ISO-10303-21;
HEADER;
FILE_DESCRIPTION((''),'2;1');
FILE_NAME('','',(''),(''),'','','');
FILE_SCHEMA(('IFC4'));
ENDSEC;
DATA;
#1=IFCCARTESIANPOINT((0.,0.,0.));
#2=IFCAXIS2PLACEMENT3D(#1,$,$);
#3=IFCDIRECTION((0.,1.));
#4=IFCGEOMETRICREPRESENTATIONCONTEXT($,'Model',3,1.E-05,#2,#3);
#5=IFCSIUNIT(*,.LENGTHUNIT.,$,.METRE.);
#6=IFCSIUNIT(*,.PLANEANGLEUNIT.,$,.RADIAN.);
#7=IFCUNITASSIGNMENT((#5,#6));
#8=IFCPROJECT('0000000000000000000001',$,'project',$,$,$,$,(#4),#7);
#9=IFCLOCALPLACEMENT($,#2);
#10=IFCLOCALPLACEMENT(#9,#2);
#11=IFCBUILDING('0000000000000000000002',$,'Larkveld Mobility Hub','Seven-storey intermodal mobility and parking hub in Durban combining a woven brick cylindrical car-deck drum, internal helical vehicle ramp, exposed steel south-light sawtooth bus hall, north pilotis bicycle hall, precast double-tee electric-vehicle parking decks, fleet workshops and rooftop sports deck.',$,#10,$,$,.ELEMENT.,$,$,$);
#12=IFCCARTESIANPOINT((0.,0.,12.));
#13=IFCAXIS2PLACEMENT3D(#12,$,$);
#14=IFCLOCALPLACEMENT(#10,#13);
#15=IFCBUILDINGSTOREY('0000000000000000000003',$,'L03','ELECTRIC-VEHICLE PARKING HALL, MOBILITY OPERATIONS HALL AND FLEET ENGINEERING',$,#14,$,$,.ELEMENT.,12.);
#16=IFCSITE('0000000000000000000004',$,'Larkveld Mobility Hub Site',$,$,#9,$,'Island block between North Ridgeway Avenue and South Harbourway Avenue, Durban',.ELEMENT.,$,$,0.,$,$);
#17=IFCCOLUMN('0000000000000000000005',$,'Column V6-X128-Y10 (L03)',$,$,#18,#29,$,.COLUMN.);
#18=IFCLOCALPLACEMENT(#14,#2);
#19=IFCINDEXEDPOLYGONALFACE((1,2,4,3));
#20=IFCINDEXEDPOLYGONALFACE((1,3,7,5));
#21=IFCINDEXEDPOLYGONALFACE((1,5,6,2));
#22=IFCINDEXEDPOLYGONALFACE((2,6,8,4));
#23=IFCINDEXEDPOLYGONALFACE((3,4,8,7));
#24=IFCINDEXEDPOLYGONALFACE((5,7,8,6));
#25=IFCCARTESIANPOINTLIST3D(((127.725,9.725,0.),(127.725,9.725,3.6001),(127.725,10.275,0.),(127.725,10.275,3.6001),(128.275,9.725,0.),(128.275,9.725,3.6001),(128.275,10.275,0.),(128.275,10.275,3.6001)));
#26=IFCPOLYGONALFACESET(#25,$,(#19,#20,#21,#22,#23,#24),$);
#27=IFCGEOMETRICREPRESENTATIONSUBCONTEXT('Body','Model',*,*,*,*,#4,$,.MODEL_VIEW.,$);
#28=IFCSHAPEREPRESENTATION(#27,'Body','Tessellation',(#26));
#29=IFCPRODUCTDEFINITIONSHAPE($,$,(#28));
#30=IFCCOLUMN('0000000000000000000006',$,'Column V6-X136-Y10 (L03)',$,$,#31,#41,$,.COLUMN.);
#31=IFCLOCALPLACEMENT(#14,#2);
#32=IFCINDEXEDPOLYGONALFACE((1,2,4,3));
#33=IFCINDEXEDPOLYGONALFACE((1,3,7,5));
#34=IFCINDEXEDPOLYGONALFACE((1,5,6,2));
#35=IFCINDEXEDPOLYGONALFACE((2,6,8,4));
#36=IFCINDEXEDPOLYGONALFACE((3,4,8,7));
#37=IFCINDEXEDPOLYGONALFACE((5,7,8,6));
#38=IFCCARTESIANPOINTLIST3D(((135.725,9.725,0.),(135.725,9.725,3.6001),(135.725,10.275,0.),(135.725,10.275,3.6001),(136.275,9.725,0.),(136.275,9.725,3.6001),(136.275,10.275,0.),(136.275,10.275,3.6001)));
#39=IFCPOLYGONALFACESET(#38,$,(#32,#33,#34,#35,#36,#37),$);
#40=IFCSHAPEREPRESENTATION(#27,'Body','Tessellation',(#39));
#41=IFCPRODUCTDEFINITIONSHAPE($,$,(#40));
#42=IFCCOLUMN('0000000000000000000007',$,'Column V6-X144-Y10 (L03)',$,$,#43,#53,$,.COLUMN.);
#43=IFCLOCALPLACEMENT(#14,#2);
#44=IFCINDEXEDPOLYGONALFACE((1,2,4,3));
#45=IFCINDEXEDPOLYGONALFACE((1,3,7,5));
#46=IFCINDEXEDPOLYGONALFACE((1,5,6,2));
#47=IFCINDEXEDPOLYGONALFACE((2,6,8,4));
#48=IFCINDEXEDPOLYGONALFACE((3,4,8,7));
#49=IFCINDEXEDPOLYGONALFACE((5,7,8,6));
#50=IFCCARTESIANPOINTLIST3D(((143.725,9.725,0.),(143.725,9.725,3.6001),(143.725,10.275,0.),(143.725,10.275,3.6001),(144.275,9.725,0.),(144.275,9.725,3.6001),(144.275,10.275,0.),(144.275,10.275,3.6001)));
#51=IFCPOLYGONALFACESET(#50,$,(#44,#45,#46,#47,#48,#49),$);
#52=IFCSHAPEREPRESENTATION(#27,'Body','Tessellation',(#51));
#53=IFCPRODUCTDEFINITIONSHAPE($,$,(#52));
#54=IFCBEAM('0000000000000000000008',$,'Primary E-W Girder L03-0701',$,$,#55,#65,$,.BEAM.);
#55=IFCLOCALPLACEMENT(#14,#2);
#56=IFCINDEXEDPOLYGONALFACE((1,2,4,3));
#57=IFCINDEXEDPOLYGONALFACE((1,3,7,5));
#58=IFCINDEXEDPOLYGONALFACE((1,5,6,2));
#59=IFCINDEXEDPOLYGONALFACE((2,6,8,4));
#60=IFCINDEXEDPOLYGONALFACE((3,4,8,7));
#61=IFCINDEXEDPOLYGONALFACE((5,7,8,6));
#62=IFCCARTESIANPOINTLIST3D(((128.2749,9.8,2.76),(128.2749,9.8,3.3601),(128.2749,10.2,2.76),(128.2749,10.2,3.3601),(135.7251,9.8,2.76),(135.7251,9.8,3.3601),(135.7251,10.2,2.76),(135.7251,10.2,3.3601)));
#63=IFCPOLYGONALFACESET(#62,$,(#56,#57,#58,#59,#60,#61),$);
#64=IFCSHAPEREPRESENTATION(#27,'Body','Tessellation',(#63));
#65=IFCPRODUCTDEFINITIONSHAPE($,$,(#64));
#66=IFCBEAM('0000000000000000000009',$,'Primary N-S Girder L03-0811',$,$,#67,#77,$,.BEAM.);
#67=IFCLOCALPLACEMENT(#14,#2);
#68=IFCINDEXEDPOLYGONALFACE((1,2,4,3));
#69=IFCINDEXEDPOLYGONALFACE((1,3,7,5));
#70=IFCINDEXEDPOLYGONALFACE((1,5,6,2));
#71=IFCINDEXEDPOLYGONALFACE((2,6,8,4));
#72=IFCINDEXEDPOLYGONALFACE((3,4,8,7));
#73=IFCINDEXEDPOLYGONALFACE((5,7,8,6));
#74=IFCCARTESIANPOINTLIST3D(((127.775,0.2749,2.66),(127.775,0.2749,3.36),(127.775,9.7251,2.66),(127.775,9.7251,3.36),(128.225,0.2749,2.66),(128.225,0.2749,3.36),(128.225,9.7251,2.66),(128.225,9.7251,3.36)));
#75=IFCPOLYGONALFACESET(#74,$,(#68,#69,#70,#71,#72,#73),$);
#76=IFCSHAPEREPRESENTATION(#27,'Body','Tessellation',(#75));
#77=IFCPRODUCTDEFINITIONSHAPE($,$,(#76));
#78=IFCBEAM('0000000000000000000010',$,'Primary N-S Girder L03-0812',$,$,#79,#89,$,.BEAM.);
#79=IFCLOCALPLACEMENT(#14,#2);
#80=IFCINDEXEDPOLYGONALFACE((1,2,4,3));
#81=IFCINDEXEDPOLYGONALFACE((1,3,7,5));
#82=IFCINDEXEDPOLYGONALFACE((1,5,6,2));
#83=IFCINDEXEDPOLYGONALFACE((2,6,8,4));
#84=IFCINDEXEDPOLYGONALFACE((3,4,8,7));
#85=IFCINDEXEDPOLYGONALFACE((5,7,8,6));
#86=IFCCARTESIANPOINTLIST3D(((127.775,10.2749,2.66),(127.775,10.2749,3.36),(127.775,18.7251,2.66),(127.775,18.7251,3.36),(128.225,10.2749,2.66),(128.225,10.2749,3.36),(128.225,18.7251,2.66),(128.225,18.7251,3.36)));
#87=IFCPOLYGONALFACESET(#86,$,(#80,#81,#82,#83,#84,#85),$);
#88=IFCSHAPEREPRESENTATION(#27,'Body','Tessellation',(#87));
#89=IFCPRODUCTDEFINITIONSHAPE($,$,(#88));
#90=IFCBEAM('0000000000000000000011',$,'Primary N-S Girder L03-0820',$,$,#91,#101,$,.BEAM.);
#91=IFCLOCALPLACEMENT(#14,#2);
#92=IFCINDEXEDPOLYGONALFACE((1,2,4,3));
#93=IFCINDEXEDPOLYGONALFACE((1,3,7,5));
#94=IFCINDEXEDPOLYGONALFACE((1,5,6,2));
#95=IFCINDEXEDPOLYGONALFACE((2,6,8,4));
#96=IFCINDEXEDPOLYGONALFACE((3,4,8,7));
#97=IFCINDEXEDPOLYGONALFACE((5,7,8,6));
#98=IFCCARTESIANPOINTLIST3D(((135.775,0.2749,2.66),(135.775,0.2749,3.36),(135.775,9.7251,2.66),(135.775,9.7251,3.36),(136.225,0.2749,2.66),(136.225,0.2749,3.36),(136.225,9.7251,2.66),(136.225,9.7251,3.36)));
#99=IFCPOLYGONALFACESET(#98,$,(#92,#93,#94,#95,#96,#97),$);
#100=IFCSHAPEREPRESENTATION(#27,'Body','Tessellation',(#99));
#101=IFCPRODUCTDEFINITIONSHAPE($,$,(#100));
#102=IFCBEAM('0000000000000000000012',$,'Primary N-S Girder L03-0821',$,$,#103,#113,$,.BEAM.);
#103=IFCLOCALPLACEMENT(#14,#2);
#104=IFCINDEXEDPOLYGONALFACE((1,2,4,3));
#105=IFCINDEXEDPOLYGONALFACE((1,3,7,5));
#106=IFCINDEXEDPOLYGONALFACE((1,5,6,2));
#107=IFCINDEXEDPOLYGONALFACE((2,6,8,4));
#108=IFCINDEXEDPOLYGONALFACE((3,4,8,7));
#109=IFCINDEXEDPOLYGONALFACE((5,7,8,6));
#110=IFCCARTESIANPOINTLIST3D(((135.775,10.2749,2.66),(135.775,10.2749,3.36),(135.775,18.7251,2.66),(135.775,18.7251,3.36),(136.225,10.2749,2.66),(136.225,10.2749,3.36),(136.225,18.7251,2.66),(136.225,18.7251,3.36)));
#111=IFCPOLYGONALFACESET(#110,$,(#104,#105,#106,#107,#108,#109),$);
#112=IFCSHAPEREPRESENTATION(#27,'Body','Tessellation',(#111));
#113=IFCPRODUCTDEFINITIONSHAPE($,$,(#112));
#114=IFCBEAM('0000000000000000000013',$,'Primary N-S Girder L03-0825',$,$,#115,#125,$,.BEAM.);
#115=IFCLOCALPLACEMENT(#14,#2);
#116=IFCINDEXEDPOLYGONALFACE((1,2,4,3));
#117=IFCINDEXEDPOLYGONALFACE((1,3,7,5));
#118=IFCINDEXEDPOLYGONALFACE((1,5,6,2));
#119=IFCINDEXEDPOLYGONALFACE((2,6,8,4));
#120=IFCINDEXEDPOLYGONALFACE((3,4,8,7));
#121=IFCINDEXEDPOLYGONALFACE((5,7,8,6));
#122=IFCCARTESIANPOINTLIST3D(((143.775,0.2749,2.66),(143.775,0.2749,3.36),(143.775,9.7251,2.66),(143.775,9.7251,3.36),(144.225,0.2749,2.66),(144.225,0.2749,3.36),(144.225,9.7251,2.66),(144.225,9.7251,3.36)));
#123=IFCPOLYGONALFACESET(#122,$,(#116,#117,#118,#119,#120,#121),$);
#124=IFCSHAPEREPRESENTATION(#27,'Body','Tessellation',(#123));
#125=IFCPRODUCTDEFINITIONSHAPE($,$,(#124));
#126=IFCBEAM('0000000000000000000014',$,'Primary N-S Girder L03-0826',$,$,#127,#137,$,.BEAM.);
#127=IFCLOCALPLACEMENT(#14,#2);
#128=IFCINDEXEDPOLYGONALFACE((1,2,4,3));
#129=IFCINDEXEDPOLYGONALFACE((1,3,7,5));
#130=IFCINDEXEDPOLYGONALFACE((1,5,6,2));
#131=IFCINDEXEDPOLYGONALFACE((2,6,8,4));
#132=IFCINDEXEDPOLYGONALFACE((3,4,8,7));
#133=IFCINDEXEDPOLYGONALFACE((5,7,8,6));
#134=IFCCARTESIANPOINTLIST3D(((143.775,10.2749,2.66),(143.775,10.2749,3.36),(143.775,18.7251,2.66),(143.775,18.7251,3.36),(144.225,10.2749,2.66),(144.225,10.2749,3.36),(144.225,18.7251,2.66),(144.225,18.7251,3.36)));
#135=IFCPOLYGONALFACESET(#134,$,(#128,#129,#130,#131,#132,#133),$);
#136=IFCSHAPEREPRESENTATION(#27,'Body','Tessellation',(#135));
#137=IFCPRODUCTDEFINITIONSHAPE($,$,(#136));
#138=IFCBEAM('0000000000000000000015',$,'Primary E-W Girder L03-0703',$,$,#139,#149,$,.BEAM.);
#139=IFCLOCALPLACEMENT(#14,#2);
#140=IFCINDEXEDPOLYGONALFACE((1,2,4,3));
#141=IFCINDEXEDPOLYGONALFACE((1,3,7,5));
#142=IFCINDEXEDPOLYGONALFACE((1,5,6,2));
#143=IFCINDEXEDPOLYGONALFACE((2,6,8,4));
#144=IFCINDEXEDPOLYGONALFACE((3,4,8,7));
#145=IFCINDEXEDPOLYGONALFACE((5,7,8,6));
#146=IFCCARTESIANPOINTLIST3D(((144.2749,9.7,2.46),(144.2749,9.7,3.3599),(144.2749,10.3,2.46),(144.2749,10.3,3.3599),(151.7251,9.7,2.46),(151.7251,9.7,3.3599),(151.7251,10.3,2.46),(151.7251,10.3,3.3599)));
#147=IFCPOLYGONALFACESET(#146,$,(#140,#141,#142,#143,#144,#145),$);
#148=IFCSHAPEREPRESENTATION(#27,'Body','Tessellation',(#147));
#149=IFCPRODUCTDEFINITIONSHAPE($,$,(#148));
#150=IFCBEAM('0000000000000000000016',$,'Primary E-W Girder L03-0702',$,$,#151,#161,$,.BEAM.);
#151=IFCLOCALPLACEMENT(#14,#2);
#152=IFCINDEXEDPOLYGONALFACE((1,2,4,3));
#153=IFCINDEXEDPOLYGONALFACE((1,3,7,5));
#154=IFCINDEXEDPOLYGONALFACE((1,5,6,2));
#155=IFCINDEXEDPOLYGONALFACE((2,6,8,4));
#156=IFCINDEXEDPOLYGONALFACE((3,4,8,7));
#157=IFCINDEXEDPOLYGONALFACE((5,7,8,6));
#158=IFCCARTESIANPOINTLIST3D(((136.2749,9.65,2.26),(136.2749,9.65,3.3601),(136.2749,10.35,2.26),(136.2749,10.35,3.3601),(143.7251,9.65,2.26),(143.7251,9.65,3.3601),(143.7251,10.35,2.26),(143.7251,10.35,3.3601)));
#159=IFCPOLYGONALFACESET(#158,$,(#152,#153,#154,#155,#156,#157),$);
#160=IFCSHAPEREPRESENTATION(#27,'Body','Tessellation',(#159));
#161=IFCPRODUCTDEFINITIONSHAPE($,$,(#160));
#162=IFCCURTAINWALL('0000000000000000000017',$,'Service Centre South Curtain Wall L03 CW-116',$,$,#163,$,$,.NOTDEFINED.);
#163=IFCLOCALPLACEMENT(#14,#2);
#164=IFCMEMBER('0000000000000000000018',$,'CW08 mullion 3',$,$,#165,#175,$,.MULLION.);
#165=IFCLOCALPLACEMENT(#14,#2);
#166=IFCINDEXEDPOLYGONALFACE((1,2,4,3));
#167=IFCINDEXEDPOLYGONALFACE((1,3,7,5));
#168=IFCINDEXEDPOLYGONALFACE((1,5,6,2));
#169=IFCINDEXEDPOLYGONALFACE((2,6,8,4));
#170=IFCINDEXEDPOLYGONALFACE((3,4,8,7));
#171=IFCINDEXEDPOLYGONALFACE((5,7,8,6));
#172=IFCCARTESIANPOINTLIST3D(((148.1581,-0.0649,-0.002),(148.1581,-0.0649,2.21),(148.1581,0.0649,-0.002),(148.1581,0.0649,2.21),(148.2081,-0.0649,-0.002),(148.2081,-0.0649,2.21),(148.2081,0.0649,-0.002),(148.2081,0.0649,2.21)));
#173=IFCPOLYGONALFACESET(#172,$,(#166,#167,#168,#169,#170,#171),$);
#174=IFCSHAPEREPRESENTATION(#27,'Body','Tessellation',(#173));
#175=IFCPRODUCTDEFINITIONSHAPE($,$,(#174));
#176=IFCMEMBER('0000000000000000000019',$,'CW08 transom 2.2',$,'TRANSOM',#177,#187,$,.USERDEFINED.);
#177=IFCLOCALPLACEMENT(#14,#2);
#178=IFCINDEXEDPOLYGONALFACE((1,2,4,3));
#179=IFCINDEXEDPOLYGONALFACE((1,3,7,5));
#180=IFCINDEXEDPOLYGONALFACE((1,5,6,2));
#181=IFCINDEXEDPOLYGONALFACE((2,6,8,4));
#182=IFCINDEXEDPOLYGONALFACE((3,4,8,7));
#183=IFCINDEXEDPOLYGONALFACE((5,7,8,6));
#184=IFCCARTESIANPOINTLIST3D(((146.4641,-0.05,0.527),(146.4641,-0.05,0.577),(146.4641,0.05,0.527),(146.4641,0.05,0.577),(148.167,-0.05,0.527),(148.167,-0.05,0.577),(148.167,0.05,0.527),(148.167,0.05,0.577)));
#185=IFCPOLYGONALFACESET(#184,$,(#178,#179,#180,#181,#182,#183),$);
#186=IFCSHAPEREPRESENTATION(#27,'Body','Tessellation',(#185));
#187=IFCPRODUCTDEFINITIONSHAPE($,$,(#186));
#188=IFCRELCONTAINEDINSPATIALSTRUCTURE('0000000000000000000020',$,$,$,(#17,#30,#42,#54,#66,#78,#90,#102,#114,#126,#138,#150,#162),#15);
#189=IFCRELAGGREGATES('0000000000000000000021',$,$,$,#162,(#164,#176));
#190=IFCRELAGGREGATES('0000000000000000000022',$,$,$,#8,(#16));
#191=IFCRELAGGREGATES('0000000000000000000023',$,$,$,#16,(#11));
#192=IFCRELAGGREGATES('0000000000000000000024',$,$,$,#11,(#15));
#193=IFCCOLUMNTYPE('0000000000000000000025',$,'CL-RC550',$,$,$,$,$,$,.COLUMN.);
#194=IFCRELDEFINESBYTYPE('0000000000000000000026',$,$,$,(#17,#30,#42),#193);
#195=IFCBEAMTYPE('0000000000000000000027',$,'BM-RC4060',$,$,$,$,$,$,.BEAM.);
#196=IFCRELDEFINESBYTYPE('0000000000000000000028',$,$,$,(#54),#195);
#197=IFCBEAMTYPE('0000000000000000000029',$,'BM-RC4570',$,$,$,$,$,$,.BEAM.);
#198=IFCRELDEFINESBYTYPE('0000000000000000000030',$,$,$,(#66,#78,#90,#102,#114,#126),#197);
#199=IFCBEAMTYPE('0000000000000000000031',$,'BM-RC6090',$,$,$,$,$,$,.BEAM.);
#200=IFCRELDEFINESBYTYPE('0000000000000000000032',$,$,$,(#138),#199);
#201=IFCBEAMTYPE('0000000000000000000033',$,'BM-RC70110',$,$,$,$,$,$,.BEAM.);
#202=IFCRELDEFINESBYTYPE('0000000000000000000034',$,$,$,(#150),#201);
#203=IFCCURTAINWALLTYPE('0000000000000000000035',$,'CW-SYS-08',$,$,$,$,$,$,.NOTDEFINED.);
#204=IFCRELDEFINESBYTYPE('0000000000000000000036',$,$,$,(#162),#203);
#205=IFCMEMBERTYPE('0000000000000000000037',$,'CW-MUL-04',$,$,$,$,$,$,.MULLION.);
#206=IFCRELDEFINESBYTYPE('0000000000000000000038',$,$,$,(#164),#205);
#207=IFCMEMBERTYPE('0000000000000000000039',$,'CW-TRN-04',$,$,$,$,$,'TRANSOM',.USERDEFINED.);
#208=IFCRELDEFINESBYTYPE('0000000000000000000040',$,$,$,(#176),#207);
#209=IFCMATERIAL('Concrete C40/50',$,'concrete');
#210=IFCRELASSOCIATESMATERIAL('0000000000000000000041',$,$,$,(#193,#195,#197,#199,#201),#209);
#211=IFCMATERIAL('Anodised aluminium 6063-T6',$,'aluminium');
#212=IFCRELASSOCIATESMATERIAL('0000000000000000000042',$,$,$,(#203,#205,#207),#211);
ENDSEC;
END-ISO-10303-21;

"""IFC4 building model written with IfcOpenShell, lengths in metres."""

from ifc_helpers import new_model, si_unit, direction, frame, origin, origin_2d, place, context, subcontext, project, spatial, rectangle, extrude, material, material_profile, profile_set, type_object, element, aggregate, save


model = new_model("IFC4")

# Units and contexts
model_context = context("Model", 3, precision=1e-05, world=origin(), true_north=direction((0.0, 1.0)))
body_context = subcontext(model_context, "Body", "Model", "MODEL_VIEW")
ifc_project = project(units=[si_unit("LENGTHUNIT", "METRE"), si_unit("PLANEANGLEUNIT", "RADIAN")], contexts=[model_context])

# Site, building, storey
site_placement = place(None, origin())
site = spatial("IfcSite", under=ifc_project, at=site_placement, Name="Larkveld Mobility Hub Site", LongName="Island block between North Ridgeway Avenue and South Harbourway Avenue, Durban", CompositionType="ELEMENT", RefElevation=0.0)
building_placement = place(site_placement, origin())
building = spatial("IfcBuilding", under=site, at=building_placement, Name="Larkveld Mobility Hub", Description="Seven-storey intermodal mobility and parking hub in Durban combining a woven brick cylindrical car-deck drum, internal helical vehicle ramp, exposed steel south-light sawtooth bus hall, north pilotis bicycle hall, precast double-tee electric-vehicle parking decks, fleet workshops and rooftop sports deck.", CompositionType="ELEMENT")
storey_placement = place(building_placement, frame((0.0, 0.0, 12.0)))
storey = spatial("IfcBuildingStorey", under=building, at=storey_placement, Name="L03", Description="ELECTRIC-VEHICLE PARKING HALL, MOBILITY OPERATIONS HALL AND FLEET ENGINEERING", CompositionType="ELEMENT", Elevation=12.0)

# Columns
ifc_material_1 = material(Name="Concrete C40/50", Category="concrete")
ifc_material_profile_1 = material_profile(ifc_material_1, rectangle(XDim=0.55, YDim=0.55, at=origin_2d()), Name="RC COL 550x550")
ifc_profile_set_1 = profile_set([ifc_material_profile_1], Name="Concrete C40/50")
column_type = type_object("IfcColumnType", Name="CL-RC550", PredefinedType="COLUMN", material=ifc_profile_set_1)
for number, where, z_axis, x_axis, name in (
    (1, (128.0, 10.0, 0.0), (0.0, 0.0, 1.0), (1.0, 0.0, 0.0), "Column V6-X128-Y10 (L03)"),
    (2, (136.0, 10.0, 0.0), (0.0, 0.0, 1.0), (1.0, 0.0, 0.0), "Column V6-X136-Y10 (L03)"),
    (3, (144.0, 10.0, 0.0), (0.0, 0.0, 1.0), (1.0, 0.0, 0.0), "Column V6-X144-Y10 (L03)"),
):
    element("IfcColumn", number, at=place(storey_placement, frame(where, z_axis=z_axis, x_axis=x_axis)), inside=storey, type_object=column_type, Name=name, PredefinedType="COLUMN", context=body_context, shape_type="SweptSolid", body=[
        extrude(rectangle(XDim=0.55, YDim=0.55, at=origin_2d()), origin(), (0.0, 0.0, 1.0), 3.6001),
    ])

# Beams
ifc_material_profile_2 = material_profile(ifc_material_1, rectangle(XDim=0.3999, YDim=0.6001, at=origin_2d()), Name="RC BM 400x600")
ifc_profile_set_2 = profile_set([ifc_material_profile_2], Name="Concrete C40/50")
beam_type_1 = type_object("IfcBeamType", Name="BM-RC4060", PredefinedType="BEAM", material=ifc_profile_set_2)
beam_1_placement = place(storey_placement, frame((128.2749, 10.0, 3.0601), z_axis=(1.0, 0.0, 0.0), x_axis=(0.0, 1.0, 0.0)))
element("IfcBeam", 4, at=beam_1_placement, inside=storey, type_object=beam_type_1, Name="Primary E-W Girder L03-0701", PredefinedType="BEAM", context=body_context, shape_type="SweptSolid", body=[
    extrude(rectangle(XDim=0.3999, YDim=0.6001, at=origin_2d()), origin(), (0.0, 0.0, 1.0), 7.4502),
])
ifc_material_profile_3 = material_profile(ifc_material_1, rectangle(XDim=0.45, YDim=0.7, at=origin_2d()), Name="RC BM 450x700")
ifc_profile_set_3 = profile_set([ifc_material_profile_3], Name="Concrete C40/50")
beam_type_2 = type_object("IfcBeamType", Name="BM-RC4570", PredefinedType="BEAM", material=ifc_profile_set_3)
beam_2_placement = place(storey_placement, frame((128.0, 0.2749, 3.01), z_axis=(0.0, 1.0, 0.0), x_axis=(-1.0, 0.0, 0.0)))
element("IfcBeam", 5, at=beam_2_placement, inside=storey, type_object=beam_type_2, Name="Primary N-S Girder L03-0811", PredefinedType="BEAM", context=body_context, shape_type="SweptSolid", body=[
    extrude(rectangle(XDim=0.45, YDim=0.7, at=origin_2d()), origin(), (0.0, 0.0, 1.0), 9.4502),
])
beam_3_placement = place(storey_placement, frame((128.0, 10.2749, 3.01), z_axis=(0.0, 1.0, 0.0), x_axis=(-1.0, 0.0, 0.0)))
element("IfcBeam", 6, at=beam_3_placement, inside=storey, type_object=beam_type_2, Name="Primary N-S Girder L03-0812", PredefinedType="BEAM", context=body_context, shape_type="SweptSolid", body=[
    extrude(rectangle(XDim=0.45, YDim=0.7, at=origin_2d()), origin(), (0.0, 0.0, 1.0), 8.4502),
])
beam_4_placement = place(storey_placement, frame((136.0, 0.2749, 3.01), z_axis=(0.0, 1.0, 0.0), x_axis=(-1.0, 0.0, 0.0)))
element("IfcBeam", 7, at=beam_4_placement, inside=storey, type_object=beam_type_2, Name="Primary N-S Girder L03-0820", PredefinedType="BEAM", context=body_context, shape_type="SweptSolid", body=[
    extrude(rectangle(XDim=0.45, YDim=0.7, at=origin_2d()), origin(), (0.0, 0.0, 1.0), 9.4502),
])
beam_5_placement = place(storey_placement, frame((136.0, 10.2749, 3.01), z_axis=(0.0, 1.0, 0.0), x_axis=(-1.0, 0.0, 0.0)))
element("IfcBeam", 8, at=beam_5_placement, inside=storey, type_object=beam_type_2, Name="Primary N-S Girder L03-0821", PredefinedType="BEAM", context=body_context, shape_type="SweptSolid", body=[
    extrude(rectangle(XDim=0.45, YDim=0.7, at=origin_2d()), origin(), (0.0, 0.0, 1.0), 8.4502),
])
beam_6_placement = place(storey_placement, frame((144.0, 0.2749, 3.01), z_axis=(0.0, 1.0, 0.0), x_axis=(-1.0, 0.0, 0.0)))
element("IfcBeam", 9, at=beam_6_placement, inside=storey, type_object=beam_type_2, Name="Primary N-S Girder L03-0825", PredefinedType="BEAM", context=body_context, shape_type="SweptSolid", body=[
    extrude(rectangle(XDim=0.45, YDim=0.7, at=origin_2d()), origin(), (0.0, 0.0, 1.0), 9.4502),
])
beam_7_placement = place(storey_placement, frame((144.0, 10.2749, 3.01), z_axis=(0.0, 1.0, 0.0), x_axis=(-1.0, 0.0, 0.0)))
element("IfcBeam", 10, at=beam_7_placement, inside=storey, type_object=beam_type_2, Name="Primary N-S Girder L03-0826", PredefinedType="BEAM", context=body_context, shape_type="SweptSolid", body=[
    extrude(rectangle(XDim=0.45, YDim=0.7, at=origin_2d()), origin(), (0.0, 0.0, 1.0), 8.4502),
])
ifc_material_profile_4 = material_profile(ifc_material_1, rectangle(XDim=0.6001, YDim=0.8999, at=origin_2d()), Name="RC BM 600x900")
ifc_profile_set_4 = profile_set([ifc_material_profile_4], Name="Concrete C40/50")
beam_type_3 = type_object("IfcBeamType", Name="BM-RC6090", PredefinedType="BEAM", material=ifc_profile_set_4)
beam_8_placement = place(storey_placement, frame((144.2749, 10.0, 2.9099), z_axis=(1.0, 0.0, 0.0), x_axis=(0.0, 1.0, 0.0)))
element("IfcBeam", 11, at=beam_8_placement, inside=storey, type_object=beam_type_3, Name="Primary E-W Girder L03-0703", PredefinedType="BEAM", context=body_context, shape_type="SweptSolid", body=[
    extrude(rectangle(XDim=0.6001, YDim=0.8999, at=origin_2d()), origin(), (0.0, 0.0, 1.0), 7.4502),
])
ifc_material_profile_5 = material_profile(ifc_material_1, rectangle(XDim=0.7, YDim=1.1001, at=origin_2d()), Name="RC BM 700x1100")
ifc_profile_set_5 = profile_set([ifc_material_profile_5], Name="Concrete C40/50")
beam_type_4 = type_object("IfcBeamType", Name="BM-RC70110", PredefinedType="BEAM", material=ifc_profile_set_5)
beam_9_placement = place(storey_placement, frame((136.2749, 10.0, 2.8101), z_axis=(1.0, 0.0, 0.0), x_axis=(0.0, 1.0, 0.0)))
element("IfcBeam", 12, at=beam_9_placement, inside=storey, type_object=beam_type_4, Name="Primary E-W Girder L03-0702", PredefinedType="BEAM", context=body_context, shape_type="SweptSolid", body=[
    extrude(rectangle(XDim=0.7, YDim=1.1001, at=origin_2d()), origin(), (0.0, 0.0, 1.0), 7.4502),
])

# Curtain wall, members
ifc_material_2 = material(Name="Anodised aluminium 6063-T6", Category="aluminium")
curtain_wall_type = type_object("IfcCurtainWallType", Name="CW-SYS-08", PredefinedType="NOTDEFINED", material=ifc_material_2)
curtain_wall_placement = place(storey_placement, origin())
curtain_wall = element("IfcCurtainWall", 13, at=curtain_wall_placement, inside=storey, type_object=curtain_wall_type, Name="Service Centre South Curtain Wall L03 CW-116", PredefinedType="NOTDEFINED")
ifc_material_profile_6 = material_profile(ifc_material_2, rectangle(XDim=0.05, YDim=0.1299, at=origin_2d()), Name="ALU MULL 50x130")
ifc_profile_set_6 = profile_set([ifc_material_profile_6], Name="Anodised aluminium 6063-T6")
member_type_1 = type_object("IfcMemberType", Name="CW-MUL-04", PredefinedType="MULLION", material=ifc_profile_set_6)
member_1_placement = place(storey_placement, frame((148.1831, 0.0, -0.002), z_axis=(0.0, 0.0, 1.0), x_axis=(1.0, 0.0, 0.0)))
member_1 = element("IfcMember", 14, at=member_1_placement, type_object=member_type_1, Name="CW08 mullion 3", PredefinedType="MULLION", context=body_context, shape_type="SweptSolid", body=[
    extrude(rectangle(XDim=0.05, YDim=0.1299, at=origin_2d()), origin(), (0.0, 0.0, 1.0), 2.2119),
])
ifc_material_profile_7 = material_profile(ifc_material_2, rectangle(XDim=0.1001, YDim=0.05, at=origin_2d()), Name="ALU TRAN 50x100")
ifc_profile_set_7 = profile_set([ifc_material_profile_7], Name="Anodised aluminium 6063-T6")
member_type_2 = type_object("IfcMemberType", Name="CW-TRN-04", ElementType="TRANSOM", PredefinedType="USERDEFINED", material=ifc_profile_set_7)
member_2_placement = place(storey_placement, frame((146.4641, 0.0, 0.552), z_axis=(1.0, 0.0, 0.0), x_axis=(0.0, 1.0, 0.0)))
member_2 = element("IfcMember", 15, at=member_2_placement, type_object=member_type_2, Name="CW08 transom 2.2", ObjectType="TRANSOM", PredefinedType="USERDEFINED", context=body_context, shape_type="SweptSolid", body=[
    extrude(rectangle(XDim=0.1001, YDim=0.05, at=origin_2d()), origin(), (0.0, 0.0, 1.0), 1.7029),
])
aggregate(curtain_wall, [member_1, member_2])

save(model, "model.ifc")
